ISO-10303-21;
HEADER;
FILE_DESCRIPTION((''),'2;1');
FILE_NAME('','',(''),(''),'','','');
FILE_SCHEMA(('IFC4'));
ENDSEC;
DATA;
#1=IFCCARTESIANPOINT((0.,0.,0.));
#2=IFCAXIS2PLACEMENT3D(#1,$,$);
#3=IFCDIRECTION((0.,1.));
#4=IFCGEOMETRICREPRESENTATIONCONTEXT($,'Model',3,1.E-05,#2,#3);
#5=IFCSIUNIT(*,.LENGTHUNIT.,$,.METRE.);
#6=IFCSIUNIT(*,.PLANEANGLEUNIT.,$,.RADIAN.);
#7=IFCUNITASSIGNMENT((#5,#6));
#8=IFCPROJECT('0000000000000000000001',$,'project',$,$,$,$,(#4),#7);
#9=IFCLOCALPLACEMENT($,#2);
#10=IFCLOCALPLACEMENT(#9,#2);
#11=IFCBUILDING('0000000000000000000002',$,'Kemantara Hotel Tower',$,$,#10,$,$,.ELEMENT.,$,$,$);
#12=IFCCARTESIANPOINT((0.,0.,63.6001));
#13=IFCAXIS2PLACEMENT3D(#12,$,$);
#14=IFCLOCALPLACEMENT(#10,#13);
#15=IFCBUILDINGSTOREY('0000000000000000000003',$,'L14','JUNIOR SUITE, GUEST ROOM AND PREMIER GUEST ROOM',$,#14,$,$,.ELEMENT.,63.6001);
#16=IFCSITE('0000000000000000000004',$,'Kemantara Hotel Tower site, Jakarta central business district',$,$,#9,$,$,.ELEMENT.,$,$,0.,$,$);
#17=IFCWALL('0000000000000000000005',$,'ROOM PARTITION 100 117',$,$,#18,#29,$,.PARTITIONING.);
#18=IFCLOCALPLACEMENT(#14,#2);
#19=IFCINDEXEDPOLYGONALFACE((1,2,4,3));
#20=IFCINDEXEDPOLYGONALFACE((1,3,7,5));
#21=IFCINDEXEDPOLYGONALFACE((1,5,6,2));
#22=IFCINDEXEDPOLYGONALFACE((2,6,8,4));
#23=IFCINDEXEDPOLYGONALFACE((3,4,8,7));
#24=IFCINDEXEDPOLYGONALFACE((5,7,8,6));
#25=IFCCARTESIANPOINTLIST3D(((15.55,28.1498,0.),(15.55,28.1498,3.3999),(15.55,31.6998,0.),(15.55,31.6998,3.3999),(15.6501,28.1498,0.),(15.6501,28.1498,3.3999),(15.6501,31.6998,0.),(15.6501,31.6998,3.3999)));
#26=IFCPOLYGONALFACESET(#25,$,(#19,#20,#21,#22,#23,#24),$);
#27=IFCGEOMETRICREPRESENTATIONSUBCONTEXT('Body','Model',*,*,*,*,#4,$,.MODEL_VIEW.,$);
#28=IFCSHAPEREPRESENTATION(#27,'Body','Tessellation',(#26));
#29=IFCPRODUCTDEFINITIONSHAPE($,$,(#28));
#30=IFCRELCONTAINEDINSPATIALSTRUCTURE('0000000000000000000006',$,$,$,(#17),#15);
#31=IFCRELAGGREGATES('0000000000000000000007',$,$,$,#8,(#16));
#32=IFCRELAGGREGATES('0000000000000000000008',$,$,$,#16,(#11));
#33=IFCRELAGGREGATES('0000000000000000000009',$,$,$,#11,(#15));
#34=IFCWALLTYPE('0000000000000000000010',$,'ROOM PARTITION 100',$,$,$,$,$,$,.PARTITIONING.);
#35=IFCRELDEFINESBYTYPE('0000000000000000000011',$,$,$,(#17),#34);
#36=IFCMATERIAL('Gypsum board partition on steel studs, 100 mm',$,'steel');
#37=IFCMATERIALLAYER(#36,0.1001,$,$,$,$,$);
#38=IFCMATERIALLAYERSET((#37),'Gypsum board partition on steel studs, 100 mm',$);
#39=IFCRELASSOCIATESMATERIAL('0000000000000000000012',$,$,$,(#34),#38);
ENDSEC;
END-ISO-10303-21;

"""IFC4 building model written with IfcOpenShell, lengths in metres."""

from ifc_helpers import new_model, si_unit, direction, frame, frame_2d, origin, place, context, subcontext, project, spatial, rectangle, extrude, material, layer, layer_set, type_object, element, save


model = new_model("IFC4")

# Units and contexts
model_context = context("Model", 3, precision=1e-05, world=origin(), true_north=direction((0.0, 1.0)))
body_context = subcontext(model_context, "Body", "Model", "MODEL_VIEW")
ifc_project = project(units=[si_unit("LENGTHUNIT", "METRE"), si_unit("PLANEANGLEUNIT", "RADIAN")], contexts=[model_context])

# Site, building, storey
site_placement = place(None, origin())
site = spatial("IfcSite", under=ifc_project, at=site_placement, Name="Kemantara Hotel Tower site, Jakarta central business district", CompositionType="ELEMENT", RefElevation=0.0)
building_placement = place(site_placement, origin())
building = spatial("IfcBuilding", under=site, at=building_placement, Name="Kemantara Hotel Tower", CompositionType="ELEMENT")
storey_placement = place(building_placement, frame((0.0, 0.0, 63.6001)))
storey = spatial("IfcBuildingStorey", under=building, at=storey_placement, Name="L14", Description="JUNIOR SUITE, GUEST ROOM AND PREMIER GUEST ROOM", CompositionType="ELEMENT", Elevation=63.6001)

# Shared definitions
ifc_material_1 = material(Name="Gypsum board partition on steel studs, 100 mm", Category="steel")
ifc_layer_1 = layer(ifc_material_1, 0.1001)
ifc_layer_set_1 = layer_set([ifc_layer_1], Name="Gypsum board partition on steel studs, 100 mm")
wall_type_1 = type_object("IfcWallType", Name="ROOM PARTITION 100", PredefinedType="PARTITIONING", material=ifc_layer_set_1)

# Wall
wall_1_placement = place(storey_placement, frame((15.6001, 28.1499, 0.0), z_axis=(0.0, 0.0, 1.0), x_axis=(0.0, 1.0, 0.0)))
element("IfcWall", 1, at=wall_1_placement, inside=storey, type_object=wall_type_1, Name="ROOM PARTITION 100 117", PredefinedType="PARTITIONING", context=body_context, shape_type="SweptSolid", body=[
    extrude(rectangle(XDim=3.55, YDim=0.1001, at=frame_2d((1.7749, 0.0))), origin(), (0.0, 0.0, 1.0), 3.3999),
])

save(model, "model.ifc")
